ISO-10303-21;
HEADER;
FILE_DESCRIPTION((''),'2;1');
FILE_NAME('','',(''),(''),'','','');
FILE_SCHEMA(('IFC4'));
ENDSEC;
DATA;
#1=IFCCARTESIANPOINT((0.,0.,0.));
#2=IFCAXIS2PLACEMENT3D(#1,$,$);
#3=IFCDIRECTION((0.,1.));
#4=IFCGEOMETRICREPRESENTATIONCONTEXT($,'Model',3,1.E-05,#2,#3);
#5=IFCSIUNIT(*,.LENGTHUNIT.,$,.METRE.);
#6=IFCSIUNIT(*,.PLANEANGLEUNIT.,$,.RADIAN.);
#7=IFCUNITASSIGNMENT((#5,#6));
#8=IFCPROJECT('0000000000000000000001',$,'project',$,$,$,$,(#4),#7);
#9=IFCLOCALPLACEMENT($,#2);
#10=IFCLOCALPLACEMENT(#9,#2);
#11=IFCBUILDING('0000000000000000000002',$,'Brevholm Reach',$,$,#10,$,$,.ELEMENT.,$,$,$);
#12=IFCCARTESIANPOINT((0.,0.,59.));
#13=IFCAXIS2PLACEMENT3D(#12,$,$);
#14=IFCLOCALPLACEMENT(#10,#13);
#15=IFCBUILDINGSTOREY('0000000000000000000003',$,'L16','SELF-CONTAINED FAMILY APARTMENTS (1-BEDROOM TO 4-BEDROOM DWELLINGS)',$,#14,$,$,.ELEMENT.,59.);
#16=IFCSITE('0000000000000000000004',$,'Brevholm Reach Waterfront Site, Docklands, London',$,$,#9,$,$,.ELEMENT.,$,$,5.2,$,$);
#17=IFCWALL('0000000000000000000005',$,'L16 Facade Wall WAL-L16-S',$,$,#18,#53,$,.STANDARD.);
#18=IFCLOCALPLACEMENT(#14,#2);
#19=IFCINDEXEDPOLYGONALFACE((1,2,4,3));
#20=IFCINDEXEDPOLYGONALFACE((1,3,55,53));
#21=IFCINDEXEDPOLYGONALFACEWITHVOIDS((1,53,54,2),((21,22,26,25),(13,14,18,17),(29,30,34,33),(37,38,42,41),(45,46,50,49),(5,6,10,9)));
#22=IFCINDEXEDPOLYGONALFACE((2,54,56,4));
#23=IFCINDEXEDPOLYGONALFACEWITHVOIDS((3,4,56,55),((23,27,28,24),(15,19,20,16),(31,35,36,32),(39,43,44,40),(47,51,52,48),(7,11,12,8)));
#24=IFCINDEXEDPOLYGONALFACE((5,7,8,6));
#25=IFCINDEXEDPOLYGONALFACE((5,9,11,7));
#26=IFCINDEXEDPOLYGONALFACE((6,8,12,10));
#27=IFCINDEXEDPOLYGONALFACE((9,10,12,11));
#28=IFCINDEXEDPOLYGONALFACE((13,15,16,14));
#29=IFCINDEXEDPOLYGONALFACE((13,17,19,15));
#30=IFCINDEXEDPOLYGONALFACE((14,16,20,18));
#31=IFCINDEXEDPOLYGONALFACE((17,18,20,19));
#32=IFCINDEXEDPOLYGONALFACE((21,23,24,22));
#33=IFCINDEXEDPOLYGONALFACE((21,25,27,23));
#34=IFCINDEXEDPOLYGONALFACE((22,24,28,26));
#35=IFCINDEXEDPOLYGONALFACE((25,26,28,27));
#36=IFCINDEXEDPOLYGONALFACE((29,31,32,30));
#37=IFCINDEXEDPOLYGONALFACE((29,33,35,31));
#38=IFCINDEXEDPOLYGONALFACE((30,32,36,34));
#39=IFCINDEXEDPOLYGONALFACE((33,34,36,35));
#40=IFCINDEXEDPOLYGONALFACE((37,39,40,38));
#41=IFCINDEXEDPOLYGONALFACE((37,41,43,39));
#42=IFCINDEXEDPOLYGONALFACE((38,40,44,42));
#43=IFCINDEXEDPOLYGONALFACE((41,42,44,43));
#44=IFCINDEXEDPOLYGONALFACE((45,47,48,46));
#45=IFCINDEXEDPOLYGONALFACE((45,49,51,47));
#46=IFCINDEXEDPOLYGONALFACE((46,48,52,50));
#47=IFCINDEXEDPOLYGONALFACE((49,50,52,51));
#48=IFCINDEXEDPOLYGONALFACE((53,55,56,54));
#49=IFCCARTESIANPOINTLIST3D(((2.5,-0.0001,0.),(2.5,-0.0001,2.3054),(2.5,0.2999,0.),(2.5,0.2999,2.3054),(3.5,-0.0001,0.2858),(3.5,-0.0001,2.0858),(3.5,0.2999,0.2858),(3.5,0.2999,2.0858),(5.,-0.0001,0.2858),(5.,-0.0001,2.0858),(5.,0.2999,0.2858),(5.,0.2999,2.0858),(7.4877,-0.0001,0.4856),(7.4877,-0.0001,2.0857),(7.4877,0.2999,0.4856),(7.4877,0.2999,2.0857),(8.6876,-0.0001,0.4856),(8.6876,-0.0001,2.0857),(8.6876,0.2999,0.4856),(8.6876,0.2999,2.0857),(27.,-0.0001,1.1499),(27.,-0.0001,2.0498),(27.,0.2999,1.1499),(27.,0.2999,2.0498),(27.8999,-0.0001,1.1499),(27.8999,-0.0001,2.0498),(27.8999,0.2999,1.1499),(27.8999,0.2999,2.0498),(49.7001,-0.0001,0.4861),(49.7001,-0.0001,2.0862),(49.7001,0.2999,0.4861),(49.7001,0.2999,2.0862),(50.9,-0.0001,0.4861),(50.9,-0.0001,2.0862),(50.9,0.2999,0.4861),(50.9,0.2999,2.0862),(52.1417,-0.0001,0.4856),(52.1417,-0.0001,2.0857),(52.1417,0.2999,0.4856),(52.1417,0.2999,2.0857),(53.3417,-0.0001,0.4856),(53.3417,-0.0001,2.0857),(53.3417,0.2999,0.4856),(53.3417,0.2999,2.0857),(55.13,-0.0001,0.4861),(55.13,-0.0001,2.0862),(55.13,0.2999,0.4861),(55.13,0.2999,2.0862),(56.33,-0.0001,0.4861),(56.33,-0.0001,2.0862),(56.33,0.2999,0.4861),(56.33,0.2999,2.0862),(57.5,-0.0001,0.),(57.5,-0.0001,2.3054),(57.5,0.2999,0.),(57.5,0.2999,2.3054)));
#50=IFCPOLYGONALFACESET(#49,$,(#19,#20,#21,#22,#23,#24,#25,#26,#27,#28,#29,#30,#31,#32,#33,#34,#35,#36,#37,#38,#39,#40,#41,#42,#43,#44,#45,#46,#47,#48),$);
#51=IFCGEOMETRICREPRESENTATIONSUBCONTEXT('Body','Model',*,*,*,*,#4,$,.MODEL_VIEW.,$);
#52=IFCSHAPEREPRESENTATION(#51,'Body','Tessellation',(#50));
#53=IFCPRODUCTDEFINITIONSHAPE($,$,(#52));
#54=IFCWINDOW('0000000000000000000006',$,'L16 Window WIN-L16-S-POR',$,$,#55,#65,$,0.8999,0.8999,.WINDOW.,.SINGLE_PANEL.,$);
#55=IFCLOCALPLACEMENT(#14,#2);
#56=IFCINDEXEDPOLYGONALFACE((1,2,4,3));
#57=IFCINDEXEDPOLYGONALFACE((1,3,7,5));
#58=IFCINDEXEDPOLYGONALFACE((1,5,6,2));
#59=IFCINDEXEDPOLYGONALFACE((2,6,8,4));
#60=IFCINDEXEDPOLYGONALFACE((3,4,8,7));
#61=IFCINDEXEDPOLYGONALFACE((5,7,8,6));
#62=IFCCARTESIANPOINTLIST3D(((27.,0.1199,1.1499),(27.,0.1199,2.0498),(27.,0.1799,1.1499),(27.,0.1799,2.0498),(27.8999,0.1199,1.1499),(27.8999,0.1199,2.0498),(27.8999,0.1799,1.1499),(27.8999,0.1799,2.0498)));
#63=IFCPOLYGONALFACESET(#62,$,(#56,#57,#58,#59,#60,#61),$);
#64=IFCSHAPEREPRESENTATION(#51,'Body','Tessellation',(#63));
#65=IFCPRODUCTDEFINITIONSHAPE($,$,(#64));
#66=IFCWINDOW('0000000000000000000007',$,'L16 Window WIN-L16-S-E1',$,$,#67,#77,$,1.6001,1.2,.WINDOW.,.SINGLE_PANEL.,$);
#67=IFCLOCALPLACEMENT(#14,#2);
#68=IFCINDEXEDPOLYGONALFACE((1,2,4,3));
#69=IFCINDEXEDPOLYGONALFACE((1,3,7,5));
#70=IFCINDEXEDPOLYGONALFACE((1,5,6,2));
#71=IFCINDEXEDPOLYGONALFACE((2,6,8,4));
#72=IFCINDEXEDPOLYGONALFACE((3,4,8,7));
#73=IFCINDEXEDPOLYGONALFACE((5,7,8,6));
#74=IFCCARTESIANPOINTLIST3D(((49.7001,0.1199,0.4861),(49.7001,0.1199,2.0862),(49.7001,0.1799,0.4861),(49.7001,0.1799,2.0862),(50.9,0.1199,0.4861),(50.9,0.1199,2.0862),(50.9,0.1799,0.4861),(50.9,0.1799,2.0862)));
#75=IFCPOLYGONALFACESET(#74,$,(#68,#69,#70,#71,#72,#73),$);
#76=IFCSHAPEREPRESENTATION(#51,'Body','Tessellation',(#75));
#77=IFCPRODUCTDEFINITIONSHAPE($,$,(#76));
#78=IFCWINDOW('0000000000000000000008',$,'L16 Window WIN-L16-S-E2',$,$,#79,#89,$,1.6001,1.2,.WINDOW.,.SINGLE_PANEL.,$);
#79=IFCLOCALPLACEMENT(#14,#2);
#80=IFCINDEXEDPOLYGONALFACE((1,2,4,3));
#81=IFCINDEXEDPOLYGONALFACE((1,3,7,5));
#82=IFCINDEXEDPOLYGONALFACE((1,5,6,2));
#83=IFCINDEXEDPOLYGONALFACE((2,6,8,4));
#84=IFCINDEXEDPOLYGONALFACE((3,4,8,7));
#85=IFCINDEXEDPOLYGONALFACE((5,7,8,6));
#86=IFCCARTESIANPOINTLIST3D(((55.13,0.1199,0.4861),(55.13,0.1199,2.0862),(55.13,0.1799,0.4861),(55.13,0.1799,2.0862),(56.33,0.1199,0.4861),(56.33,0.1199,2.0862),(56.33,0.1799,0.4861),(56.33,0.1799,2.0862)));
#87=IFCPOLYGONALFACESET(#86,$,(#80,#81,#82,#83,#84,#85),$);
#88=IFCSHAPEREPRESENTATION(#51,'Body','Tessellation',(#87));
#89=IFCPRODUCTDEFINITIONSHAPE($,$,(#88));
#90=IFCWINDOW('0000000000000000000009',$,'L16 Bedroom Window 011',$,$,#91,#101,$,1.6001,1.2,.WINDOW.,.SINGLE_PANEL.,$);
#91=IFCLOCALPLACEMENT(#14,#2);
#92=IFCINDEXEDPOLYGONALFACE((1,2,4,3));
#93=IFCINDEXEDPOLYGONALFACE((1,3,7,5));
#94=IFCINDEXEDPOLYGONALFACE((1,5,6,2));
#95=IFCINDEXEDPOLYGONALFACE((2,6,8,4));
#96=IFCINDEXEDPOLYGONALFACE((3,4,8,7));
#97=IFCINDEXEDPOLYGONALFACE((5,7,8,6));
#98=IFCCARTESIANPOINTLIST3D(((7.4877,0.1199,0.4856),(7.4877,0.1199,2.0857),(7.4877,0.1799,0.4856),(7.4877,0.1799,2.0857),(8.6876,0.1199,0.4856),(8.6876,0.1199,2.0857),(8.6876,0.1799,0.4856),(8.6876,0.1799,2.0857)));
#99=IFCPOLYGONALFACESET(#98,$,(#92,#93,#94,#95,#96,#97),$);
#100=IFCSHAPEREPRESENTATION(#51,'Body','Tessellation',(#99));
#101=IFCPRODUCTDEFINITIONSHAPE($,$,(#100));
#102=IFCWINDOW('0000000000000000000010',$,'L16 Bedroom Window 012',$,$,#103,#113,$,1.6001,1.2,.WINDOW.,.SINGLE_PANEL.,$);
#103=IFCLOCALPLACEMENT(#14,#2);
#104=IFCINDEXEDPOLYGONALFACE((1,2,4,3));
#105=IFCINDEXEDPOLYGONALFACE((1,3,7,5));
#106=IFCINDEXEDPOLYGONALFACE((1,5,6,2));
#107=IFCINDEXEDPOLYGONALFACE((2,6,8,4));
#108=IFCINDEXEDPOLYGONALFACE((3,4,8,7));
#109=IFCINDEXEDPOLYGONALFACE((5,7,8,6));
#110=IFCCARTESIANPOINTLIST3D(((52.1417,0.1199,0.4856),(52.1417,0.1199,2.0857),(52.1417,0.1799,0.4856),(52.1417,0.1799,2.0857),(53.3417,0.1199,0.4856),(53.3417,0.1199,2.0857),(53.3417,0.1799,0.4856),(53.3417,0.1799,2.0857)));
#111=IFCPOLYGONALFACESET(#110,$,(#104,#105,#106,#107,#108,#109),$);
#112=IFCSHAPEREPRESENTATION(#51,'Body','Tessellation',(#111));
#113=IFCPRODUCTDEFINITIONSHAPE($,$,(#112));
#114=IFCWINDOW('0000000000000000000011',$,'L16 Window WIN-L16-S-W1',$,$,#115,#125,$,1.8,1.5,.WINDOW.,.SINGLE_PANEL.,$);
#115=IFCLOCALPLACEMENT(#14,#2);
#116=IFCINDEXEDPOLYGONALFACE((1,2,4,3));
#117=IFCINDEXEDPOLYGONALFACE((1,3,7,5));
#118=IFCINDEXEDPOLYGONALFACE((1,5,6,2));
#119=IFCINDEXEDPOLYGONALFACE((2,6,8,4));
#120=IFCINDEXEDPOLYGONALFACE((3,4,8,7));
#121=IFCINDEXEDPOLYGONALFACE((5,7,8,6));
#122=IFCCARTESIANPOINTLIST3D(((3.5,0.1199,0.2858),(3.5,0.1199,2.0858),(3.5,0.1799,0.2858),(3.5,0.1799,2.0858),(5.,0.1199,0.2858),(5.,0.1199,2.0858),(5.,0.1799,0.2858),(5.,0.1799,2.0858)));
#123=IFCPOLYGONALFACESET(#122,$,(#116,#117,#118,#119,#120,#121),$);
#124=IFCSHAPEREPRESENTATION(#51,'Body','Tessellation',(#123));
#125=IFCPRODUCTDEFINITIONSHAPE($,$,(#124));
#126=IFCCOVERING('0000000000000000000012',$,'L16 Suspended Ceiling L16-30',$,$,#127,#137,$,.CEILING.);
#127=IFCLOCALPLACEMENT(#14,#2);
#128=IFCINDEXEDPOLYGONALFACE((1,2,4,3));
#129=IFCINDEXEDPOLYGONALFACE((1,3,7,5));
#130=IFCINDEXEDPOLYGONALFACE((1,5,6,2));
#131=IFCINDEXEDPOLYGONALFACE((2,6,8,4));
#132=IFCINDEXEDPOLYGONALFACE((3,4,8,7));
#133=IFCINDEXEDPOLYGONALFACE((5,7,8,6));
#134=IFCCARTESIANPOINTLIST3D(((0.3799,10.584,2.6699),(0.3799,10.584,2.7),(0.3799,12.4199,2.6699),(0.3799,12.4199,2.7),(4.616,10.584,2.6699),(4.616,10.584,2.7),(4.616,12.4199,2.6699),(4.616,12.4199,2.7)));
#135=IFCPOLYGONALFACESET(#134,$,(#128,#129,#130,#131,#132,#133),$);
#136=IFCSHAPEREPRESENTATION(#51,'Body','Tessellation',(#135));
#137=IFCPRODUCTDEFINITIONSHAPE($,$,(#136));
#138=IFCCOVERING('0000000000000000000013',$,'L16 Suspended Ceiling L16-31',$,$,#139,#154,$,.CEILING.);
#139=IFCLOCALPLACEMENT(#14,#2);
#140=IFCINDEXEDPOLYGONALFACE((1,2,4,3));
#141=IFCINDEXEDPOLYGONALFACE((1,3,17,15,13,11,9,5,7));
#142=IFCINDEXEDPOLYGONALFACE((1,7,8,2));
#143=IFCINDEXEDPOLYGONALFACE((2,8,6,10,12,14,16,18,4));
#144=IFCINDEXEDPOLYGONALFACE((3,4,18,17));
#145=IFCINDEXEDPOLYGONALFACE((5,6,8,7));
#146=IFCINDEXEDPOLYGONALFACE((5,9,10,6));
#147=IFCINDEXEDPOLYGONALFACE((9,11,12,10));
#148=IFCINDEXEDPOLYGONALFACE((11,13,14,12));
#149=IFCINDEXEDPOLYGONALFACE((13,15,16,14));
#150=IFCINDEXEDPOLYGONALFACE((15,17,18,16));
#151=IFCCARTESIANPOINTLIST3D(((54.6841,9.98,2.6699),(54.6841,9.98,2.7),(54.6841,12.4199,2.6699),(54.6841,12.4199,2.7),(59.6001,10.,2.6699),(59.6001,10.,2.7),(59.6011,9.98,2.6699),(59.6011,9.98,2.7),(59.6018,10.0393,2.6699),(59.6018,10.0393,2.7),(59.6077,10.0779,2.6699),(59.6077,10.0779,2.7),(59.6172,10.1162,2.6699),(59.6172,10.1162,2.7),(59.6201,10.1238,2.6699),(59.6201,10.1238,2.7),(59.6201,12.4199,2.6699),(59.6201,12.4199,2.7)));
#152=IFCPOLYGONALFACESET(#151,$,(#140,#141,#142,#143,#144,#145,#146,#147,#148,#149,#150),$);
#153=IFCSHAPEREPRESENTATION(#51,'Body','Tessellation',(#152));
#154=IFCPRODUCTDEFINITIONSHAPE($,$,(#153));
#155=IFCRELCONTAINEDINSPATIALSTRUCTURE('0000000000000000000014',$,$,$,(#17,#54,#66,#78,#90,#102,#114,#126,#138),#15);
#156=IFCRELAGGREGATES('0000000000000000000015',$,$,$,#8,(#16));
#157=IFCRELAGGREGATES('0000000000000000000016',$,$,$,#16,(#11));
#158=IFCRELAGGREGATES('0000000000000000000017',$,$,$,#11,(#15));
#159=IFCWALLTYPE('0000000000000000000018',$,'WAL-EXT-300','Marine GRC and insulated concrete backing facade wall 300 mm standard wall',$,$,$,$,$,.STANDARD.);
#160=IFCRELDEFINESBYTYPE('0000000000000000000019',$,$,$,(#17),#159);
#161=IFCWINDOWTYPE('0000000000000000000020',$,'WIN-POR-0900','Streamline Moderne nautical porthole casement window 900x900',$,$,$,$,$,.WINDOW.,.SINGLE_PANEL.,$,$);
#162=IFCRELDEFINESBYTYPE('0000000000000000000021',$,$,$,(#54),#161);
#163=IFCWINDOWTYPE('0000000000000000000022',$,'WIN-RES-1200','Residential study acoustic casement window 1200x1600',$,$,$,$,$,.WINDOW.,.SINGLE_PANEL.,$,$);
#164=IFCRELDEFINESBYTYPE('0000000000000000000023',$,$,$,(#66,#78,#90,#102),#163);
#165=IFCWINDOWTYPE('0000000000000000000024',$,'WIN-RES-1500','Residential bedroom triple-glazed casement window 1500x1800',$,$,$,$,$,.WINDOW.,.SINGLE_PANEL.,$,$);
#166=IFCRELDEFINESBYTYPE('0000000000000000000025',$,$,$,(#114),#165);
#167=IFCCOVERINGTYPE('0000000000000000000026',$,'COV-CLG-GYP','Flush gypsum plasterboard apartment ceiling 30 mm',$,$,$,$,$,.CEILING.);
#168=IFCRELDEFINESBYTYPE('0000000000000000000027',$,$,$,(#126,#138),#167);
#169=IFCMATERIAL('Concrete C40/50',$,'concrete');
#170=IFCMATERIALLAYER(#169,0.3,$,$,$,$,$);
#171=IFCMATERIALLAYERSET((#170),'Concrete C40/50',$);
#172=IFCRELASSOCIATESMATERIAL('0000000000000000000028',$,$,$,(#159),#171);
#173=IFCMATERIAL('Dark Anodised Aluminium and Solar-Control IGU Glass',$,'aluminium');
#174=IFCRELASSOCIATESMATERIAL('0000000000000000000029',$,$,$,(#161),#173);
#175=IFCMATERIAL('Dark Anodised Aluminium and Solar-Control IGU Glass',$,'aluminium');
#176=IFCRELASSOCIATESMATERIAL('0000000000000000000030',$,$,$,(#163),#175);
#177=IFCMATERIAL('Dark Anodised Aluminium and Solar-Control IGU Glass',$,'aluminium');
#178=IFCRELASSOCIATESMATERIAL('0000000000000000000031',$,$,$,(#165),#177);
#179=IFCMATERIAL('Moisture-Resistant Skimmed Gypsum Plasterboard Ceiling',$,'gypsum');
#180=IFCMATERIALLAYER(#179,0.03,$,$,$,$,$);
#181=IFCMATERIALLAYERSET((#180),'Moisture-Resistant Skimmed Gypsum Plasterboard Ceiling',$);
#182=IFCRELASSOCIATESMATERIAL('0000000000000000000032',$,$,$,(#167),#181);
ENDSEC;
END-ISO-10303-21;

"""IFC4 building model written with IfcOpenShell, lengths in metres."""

from ifc_helpers import new_model, si_unit, direction, frame, frame_2d, origin, place, context, subcontext, project, spatial, polyline, rectangle, outline, extrude, material, layer, layer_set, type_object, element, fill, save


model = new_model("IFC4")

# Units and contexts
model_context = context("Model", 3, precision=1e-05, world=origin(), true_north=direction((0.0, 1.0)))
body_context = subcontext(model_context, "Body", "Model", "MODEL_VIEW")
ifc_project = project(units=[si_unit("LENGTHUNIT", "METRE"), si_unit("PLANEANGLEUNIT", "RADIAN")], contexts=[model_context])

# Site, building, storey
site_placement = place(None, origin())
site = spatial("IfcSite", under=ifc_project, at=site_placement, Name="Brevholm Reach Waterfront Site, Docklands, London", CompositionType="ELEMENT", RefElevation=5.2)
building_placement = place(site_placement, origin())
building = spatial("IfcBuilding", under=site, at=building_placement, Name="Brevholm Reach", CompositionType="ELEMENT")
storey_placement = place(building_placement, frame((0.0, 0.0, 59.0)))
storey = spatial("IfcBuildingStorey", under=building, at=storey_placement, Name="L16", Description="SELF-CONTAINED FAMILY APARTMENTS (1-BEDROOM TO 4-BEDROOM DWELLINGS)", CompositionType="ELEMENT", Elevation=59.0)

# Wall, openings, windows
ifc_material_1 = material(Name="Concrete C40/50", Category="concrete")
ifc_layer_1 = layer(ifc_material_1, 0.3)
ifc_layer_set_1 = layer_set([ifc_layer_1], Name="Concrete C40/50")
wall_type = type_object("IfcWallType", Name="WAL-EXT-300", Description="Marine GRC and insulated concrete backing facade wall 300 mm standard wall", PredefinedType="STANDARD", material=ifc_layer_set_1)
wall_placement = place(storey_placement, frame((2.5, 0.1499, 0.0), z_axis=(0.0, 0.0, 1.0), x_axis=(1.0, 0.0, 0.0)))
wall = element("IfcWall", 1, at=wall_placement, inside=storey, type_object=wall_type, Name="L16 Facade Wall WAL-L16-S", PredefinedType="STANDARD", context=body_context, shape_type="SweptSolid", body=[
    extrude(rectangle(XDim=55.0, YDim=0.3, at=frame_2d((27.5, 0.0))), origin(), (0.0, 0.0, 1.0), 2.3054),
])
opening_1_placement = place(wall_placement, frame((1.0, 0.0, 0.2859)))
opening_1 = element("IfcOpeningElement", 2, at=opening_1_placement, cuts=wall, PredefinedType="OPENING", context=body_context, shape_type="SweptSolid", body=[
    extrude(rectangle(XDim=1.5, YDim=1.8, at=frame_2d((0.75, 0.8999))), frame((0.0, 0.1599, 0.0), z_axis=(0.0, -1.0, 0.0), x_axis=(1.0, 0.0, 0.0)), (0.0, 0.0, 1.0), 0.3201),
])
opening_2_placement = place(wall_placement, frame((24.5, 0.0, 1.1499)))
opening_2 = element("IfcOpeningElement", 3, at=opening_2_placement, cuts=wall, PredefinedType="OPENING", context=body_context, shape_type="SweptSolid", body=[
    extrude(rectangle(XDim=0.8999, YDim=0.8999, at=frame_2d((0.45, 0.45))), frame((0.0, 0.1599, 0.0), z_axis=(0.0, -1.0, 0.0), x_axis=(1.0, 0.0, 0.0)), (0.0, 0.0, 1.0), 0.3201),
])
opening_3_placement = place(wall_placement, frame((47.2, 0.0, 0.4861)))
opening_3 = element("IfcOpeningElement", 4, at=opening_3_placement, cuts=wall, PredefinedType="OPENING", context=body_context, shape_type="SweptSolid", body=[
    extrude(rectangle(XDim=1.2, YDim=1.6001, at=frame_2d((0.6001, 0.8))), frame((0.0, 0.1599, 0.0), z_axis=(0.0, -1.0, 0.0), x_axis=(1.0, 0.0, 0.0)), (0.0, 0.0, 1.0), 0.3201),
])
opening_4_placement = place(wall_placement, frame((52.6299, 0.0, 0.4861)))
opening_4 = element("IfcOpeningElement", 5, at=opening_4_placement, cuts=wall, PredefinedType="OPENING", context=body_context, shape_type="SweptSolid", body=[
    extrude(rectangle(XDim=1.2, YDim=1.6001, at=frame_2d((0.6001, 0.8))), frame((0.0, 0.1599, 0.0), z_axis=(0.0, -1.0, 0.0), x_axis=(1.0, 0.0, 0.0)), (0.0, 0.0, 1.0), 0.3201),
])
opening_5_placement = place(wall_placement, frame((4.9875, 0.0, 0.4856)))
opening_5 = element("IfcOpeningElement", 6, at=opening_5_placement, cuts=wall, PredefinedType="OPENING", context=body_context, shape_type="SweptSolid", body=[
    extrude(rectangle(XDim=1.2, YDim=1.6001, at=frame_2d((0.6001, 0.8))), frame((0.0, 0.1599, 0.0), z_axis=(0.0, -1.0, 0.0), x_axis=(1.0, 0.0, 0.0)), (0.0, 0.0, 1.0), 0.3201),
])
opening_6_placement = place(wall_placement, frame((49.6416, 0.0, 0.4856)))
opening_6 = element("IfcOpeningElement", 7, at=opening_6_placement, cuts=wall, PredefinedType="OPENING", context=body_context, shape_type="SweptSolid", body=[
    extrude(rectangle(XDim=1.2, YDim=1.6001, at=frame_2d((0.6001, 0.8))), frame((0.0, 0.1599, 0.0), z_axis=(0.0, -1.0, 0.0), x_axis=(1.0, 0.0, 0.0)), (0.0, 0.0, 1.0), 0.3201),
])
ifc_material_2 = material(Name="Dark Anodised Aluminium and Solar-Control IGU Glass", Category="aluminium")
window_type_1 = type_object("IfcWindowType", Name="WIN-POR-0900", Description="Streamline Moderne nautical porthole casement window 900x900", PartitioningType="SINGLE_PANEL", PredefinedType="WINDOW", material=ifc_material_2)
window_1_placement = place(opening_2_placement, origin())
window_1 = element("IfcWindow", 8, at=window_1_placement, inside=storey, type_object=window_type_1, Name="L16 Window WIN-L16-S-POR", OverallHeight=0.8999, OverallWidth=0.8999, PartitioningType="SINGLE_PANEL", PredefinedType="WINDOW", context=body_context, shape_type="SweptSolid", body=[
    extrude(rectangle(XDim=0.8999, YDim=0.8999, at=frame_2d((0.45, 0.45))), frame((0.0, 0.03, 0.0), z_axis=(0.0, -1.0, 0.0), x_axis=(1.0, 0.0, 0.0)), (0.0, 0.0, 1.0), 0.0601),
])
fill(opening_2, window_1)
ifc_material_3 = material(Name="Dark Anodised Aluminium and Solar-Control IGU Glass", Category="aluminium")
window_type_2 = type_object("IfcWindowType", Name="WIN-RES-1200", Description="Residential study acoustic casement window 1200x1600", PartitioningType="SINGLE_PANEL", PredefinedType="WINDOW", material=ifc_material_3)
window_2_placement = place(opening_3_placement, origin())
window_2 = element("IfcWindow", 9, at=window_2_placement, inside=storey, type_object=window_type_2, Name="L16 Window WIN-L16-S-E1", OverallHeight=1.6001, OverallWidth=1.2, PartitioningType="SINGLE_PANEL", PredefinedType="WINDOW", context=body_context, shape_type="SweptSolid", body=[
    extrude(rectangle(XDim=1.2, YDim=1.6001, at=frame_2d((0.6001, 0.8))), frame((0.0, 0.03, 0.0), z_axis=(0.0, -1.0, 0.0), x_axis=(1.0, 0.0, 0.0)), (0.0, 0.0, 1.0), 0.0601),
])
fill(opening_3, window_2)
window_3_placement = place(opening_4_placement, origin())
window_3 = element("IfcWindow", 10, at=window_3_placement, inside=storey, type_object=window_type_2, Name="L16 Window WIN-L16-S-E2", OverallHeight=1.6001, OverallWidth=1.2, PartitioningType="SINGLE_PANEL", PredefinedType="WINDOW", context=body_context, shape_type="SweptSolid", body=[
    extrude(rectangle(XDim=1.2, YDim=1.6001, at=frame_2d((0.6001, 0.8))), frame((0.0, 0.03, 0.0), z_axis=(0.0, -1.0, 0.0), x_axis=(1.0, 0.0, 0.0)), (0.0, 0.0, 1.0), 0.0601),
])
fill(opening_4, window_3)
window_4_placement = place(opening_5_placement, origin())
window_4 = element("IfcWindow", 11, at=window_4_placement, inside=storey, type_object=window_type_2, Name="L16 Bedroom Window 011", OverallHeight=1.6001, OverallWidth=1.2, PartitioningType="SINGLE_PANEL", PredefinedType="WINDOW", context=body_context, shape_type="SweptSolid", body=[
    extrude(rectangle(XDim=1.2, YDim=1.6001, at=frame_2d((0.6001, 0.8))), frame((0.0, 0.03, 0.0), z_axis=(0.0, -1.0, 0.0), x_axis=(1.0, 0.0, 0.0)), (0.0, 0.0, 1.0), 0.0601),
])
fill(opening_5, window_4)
window_5_placement = place(opening_6_placement, origin())
window_5 = element("IfcWindow", 12, at=window_5_placement, inside=storey, type_object=window_type_2, Name="L16 Bedroom Window 012", OverallHeight=1.6001, OverallWidth=1.2, PartitioningType="SINGLE_PANEL", PredefinedType="WINDOW", context=body_context, shape_type="SweptSolid", body=[
    extrude(rectangle(XDim=1.2, YDim=1.6001, at=frame_2d((0.6001, 0.8))), frame((0.0, 0.03, 0.0), z_axis=(0.0, -1.0, 0.0), x_axis=(1.0, 0.0, 0.0)), (0.0, 0.0, 1.0), 0.0601),
])
fill(opening_6, window_5)
ifc_material_4 = material(Name="Dark Anodised Aluminium and Solar-Control IGU Glass", Category="aluminium")
window_type_3 = type_object("IfcWindowType", Name="WIN-RES-1500", Description="Residential bedroom triple-glazed casement window 1500x1800", PartitioningType="SINGLE_PANEL", PredefinedType="WINDOW", material=ifc_material_4)
window_6_placement = place(opening_1_placement, origin())
window_6 = element("IfcWindow", 13, at=window_6_placement, inside=storey, type_object=window_type_3, Name="L16 Window WIN-L16-S-W1", OverallHeight=1.8, OverallWidth=1.5, PartitioningType="SINGLE_PANEL", PredefinedType="WINDOW", context=body_context, shape_type="SweptSolid", body=[
    extrude(rectangle(XDim=1.5, YDim=1.8, at=frame_2d((0.75, 0.8999))), frame((0.0, 0.03, 0.0), z_axis=(0.0, -1.0, 0.0), x_axis=(1.0, 0.0, 0.0)), (0.0, 0.0, 1.0), 0.0601),
])
fill(opening_1, window_6)

# Coverings
ifc_material_5 = material(Name="Moisture-Resistant Skimmed Gypsum Plasterboard Ceiling", Category="gypsum")
ifc_layer_2 = layer(ifc_material_5, 0.03)
ifc_layer_set_2 = layer_set([ifc_layer_2], Name="Moisture-Resistant Skimmed Gypsum Plasterboard Ceiling")
covering_type_1 = type_object("IfcCoveringType", Name="COV-CLG-GYP", Description="Flush gypsum plasterboard apartment ceiling 30 mm", PredefinedType="CEILING", material=ifc_layer_set_2)
covering_1_placement = place(storey_placement, frame((0.0, 0.0, 2.6699)))
element("IfcCovering", 14, at=covering_1_placement, inside=storey, type_object=covering_type_1, Name="L16 Suspended Ceiling L16-30", PredefinedType="CEILING", context=body_context, shape_type="SweptSolid", body=[
    extrude(outline(polyline([(0.3799, 12.4199), (4.616, 12.4199), (4.616, 10.584), (0.3799, 10.584), (0.3799, 12.4199)])), origin(), (0.0, 0.0, 1.0), 0.03),
])
covering_2_placement = place(storey_placement, frame((0.0, 0.0, 2.6699)))
element("IfcCovering", 15, at=covering_2_placement, inside=storey, type_object=covering_type_1, Name="L16 Suspended Ceiling L16-31", PredefinedType="CEILING", context=body_context, shape_type="SweptSolid", body=[
    extrude(outline(polyline([(59.6201, 12.4199), (59.6201, 10.1238), (59.6172, 10.1162), (59.6077, 10.0779), (59.6018, 10.0393), (59.6001, 10.0), (59.6011, 9.98), (54.6841, 9.98), (54.6841, 12.4199), (59.6201, 12.4199)])), origin(), (0.0, 0.0, 1.0), 0.03),
])

save(model, "model.ifc")
